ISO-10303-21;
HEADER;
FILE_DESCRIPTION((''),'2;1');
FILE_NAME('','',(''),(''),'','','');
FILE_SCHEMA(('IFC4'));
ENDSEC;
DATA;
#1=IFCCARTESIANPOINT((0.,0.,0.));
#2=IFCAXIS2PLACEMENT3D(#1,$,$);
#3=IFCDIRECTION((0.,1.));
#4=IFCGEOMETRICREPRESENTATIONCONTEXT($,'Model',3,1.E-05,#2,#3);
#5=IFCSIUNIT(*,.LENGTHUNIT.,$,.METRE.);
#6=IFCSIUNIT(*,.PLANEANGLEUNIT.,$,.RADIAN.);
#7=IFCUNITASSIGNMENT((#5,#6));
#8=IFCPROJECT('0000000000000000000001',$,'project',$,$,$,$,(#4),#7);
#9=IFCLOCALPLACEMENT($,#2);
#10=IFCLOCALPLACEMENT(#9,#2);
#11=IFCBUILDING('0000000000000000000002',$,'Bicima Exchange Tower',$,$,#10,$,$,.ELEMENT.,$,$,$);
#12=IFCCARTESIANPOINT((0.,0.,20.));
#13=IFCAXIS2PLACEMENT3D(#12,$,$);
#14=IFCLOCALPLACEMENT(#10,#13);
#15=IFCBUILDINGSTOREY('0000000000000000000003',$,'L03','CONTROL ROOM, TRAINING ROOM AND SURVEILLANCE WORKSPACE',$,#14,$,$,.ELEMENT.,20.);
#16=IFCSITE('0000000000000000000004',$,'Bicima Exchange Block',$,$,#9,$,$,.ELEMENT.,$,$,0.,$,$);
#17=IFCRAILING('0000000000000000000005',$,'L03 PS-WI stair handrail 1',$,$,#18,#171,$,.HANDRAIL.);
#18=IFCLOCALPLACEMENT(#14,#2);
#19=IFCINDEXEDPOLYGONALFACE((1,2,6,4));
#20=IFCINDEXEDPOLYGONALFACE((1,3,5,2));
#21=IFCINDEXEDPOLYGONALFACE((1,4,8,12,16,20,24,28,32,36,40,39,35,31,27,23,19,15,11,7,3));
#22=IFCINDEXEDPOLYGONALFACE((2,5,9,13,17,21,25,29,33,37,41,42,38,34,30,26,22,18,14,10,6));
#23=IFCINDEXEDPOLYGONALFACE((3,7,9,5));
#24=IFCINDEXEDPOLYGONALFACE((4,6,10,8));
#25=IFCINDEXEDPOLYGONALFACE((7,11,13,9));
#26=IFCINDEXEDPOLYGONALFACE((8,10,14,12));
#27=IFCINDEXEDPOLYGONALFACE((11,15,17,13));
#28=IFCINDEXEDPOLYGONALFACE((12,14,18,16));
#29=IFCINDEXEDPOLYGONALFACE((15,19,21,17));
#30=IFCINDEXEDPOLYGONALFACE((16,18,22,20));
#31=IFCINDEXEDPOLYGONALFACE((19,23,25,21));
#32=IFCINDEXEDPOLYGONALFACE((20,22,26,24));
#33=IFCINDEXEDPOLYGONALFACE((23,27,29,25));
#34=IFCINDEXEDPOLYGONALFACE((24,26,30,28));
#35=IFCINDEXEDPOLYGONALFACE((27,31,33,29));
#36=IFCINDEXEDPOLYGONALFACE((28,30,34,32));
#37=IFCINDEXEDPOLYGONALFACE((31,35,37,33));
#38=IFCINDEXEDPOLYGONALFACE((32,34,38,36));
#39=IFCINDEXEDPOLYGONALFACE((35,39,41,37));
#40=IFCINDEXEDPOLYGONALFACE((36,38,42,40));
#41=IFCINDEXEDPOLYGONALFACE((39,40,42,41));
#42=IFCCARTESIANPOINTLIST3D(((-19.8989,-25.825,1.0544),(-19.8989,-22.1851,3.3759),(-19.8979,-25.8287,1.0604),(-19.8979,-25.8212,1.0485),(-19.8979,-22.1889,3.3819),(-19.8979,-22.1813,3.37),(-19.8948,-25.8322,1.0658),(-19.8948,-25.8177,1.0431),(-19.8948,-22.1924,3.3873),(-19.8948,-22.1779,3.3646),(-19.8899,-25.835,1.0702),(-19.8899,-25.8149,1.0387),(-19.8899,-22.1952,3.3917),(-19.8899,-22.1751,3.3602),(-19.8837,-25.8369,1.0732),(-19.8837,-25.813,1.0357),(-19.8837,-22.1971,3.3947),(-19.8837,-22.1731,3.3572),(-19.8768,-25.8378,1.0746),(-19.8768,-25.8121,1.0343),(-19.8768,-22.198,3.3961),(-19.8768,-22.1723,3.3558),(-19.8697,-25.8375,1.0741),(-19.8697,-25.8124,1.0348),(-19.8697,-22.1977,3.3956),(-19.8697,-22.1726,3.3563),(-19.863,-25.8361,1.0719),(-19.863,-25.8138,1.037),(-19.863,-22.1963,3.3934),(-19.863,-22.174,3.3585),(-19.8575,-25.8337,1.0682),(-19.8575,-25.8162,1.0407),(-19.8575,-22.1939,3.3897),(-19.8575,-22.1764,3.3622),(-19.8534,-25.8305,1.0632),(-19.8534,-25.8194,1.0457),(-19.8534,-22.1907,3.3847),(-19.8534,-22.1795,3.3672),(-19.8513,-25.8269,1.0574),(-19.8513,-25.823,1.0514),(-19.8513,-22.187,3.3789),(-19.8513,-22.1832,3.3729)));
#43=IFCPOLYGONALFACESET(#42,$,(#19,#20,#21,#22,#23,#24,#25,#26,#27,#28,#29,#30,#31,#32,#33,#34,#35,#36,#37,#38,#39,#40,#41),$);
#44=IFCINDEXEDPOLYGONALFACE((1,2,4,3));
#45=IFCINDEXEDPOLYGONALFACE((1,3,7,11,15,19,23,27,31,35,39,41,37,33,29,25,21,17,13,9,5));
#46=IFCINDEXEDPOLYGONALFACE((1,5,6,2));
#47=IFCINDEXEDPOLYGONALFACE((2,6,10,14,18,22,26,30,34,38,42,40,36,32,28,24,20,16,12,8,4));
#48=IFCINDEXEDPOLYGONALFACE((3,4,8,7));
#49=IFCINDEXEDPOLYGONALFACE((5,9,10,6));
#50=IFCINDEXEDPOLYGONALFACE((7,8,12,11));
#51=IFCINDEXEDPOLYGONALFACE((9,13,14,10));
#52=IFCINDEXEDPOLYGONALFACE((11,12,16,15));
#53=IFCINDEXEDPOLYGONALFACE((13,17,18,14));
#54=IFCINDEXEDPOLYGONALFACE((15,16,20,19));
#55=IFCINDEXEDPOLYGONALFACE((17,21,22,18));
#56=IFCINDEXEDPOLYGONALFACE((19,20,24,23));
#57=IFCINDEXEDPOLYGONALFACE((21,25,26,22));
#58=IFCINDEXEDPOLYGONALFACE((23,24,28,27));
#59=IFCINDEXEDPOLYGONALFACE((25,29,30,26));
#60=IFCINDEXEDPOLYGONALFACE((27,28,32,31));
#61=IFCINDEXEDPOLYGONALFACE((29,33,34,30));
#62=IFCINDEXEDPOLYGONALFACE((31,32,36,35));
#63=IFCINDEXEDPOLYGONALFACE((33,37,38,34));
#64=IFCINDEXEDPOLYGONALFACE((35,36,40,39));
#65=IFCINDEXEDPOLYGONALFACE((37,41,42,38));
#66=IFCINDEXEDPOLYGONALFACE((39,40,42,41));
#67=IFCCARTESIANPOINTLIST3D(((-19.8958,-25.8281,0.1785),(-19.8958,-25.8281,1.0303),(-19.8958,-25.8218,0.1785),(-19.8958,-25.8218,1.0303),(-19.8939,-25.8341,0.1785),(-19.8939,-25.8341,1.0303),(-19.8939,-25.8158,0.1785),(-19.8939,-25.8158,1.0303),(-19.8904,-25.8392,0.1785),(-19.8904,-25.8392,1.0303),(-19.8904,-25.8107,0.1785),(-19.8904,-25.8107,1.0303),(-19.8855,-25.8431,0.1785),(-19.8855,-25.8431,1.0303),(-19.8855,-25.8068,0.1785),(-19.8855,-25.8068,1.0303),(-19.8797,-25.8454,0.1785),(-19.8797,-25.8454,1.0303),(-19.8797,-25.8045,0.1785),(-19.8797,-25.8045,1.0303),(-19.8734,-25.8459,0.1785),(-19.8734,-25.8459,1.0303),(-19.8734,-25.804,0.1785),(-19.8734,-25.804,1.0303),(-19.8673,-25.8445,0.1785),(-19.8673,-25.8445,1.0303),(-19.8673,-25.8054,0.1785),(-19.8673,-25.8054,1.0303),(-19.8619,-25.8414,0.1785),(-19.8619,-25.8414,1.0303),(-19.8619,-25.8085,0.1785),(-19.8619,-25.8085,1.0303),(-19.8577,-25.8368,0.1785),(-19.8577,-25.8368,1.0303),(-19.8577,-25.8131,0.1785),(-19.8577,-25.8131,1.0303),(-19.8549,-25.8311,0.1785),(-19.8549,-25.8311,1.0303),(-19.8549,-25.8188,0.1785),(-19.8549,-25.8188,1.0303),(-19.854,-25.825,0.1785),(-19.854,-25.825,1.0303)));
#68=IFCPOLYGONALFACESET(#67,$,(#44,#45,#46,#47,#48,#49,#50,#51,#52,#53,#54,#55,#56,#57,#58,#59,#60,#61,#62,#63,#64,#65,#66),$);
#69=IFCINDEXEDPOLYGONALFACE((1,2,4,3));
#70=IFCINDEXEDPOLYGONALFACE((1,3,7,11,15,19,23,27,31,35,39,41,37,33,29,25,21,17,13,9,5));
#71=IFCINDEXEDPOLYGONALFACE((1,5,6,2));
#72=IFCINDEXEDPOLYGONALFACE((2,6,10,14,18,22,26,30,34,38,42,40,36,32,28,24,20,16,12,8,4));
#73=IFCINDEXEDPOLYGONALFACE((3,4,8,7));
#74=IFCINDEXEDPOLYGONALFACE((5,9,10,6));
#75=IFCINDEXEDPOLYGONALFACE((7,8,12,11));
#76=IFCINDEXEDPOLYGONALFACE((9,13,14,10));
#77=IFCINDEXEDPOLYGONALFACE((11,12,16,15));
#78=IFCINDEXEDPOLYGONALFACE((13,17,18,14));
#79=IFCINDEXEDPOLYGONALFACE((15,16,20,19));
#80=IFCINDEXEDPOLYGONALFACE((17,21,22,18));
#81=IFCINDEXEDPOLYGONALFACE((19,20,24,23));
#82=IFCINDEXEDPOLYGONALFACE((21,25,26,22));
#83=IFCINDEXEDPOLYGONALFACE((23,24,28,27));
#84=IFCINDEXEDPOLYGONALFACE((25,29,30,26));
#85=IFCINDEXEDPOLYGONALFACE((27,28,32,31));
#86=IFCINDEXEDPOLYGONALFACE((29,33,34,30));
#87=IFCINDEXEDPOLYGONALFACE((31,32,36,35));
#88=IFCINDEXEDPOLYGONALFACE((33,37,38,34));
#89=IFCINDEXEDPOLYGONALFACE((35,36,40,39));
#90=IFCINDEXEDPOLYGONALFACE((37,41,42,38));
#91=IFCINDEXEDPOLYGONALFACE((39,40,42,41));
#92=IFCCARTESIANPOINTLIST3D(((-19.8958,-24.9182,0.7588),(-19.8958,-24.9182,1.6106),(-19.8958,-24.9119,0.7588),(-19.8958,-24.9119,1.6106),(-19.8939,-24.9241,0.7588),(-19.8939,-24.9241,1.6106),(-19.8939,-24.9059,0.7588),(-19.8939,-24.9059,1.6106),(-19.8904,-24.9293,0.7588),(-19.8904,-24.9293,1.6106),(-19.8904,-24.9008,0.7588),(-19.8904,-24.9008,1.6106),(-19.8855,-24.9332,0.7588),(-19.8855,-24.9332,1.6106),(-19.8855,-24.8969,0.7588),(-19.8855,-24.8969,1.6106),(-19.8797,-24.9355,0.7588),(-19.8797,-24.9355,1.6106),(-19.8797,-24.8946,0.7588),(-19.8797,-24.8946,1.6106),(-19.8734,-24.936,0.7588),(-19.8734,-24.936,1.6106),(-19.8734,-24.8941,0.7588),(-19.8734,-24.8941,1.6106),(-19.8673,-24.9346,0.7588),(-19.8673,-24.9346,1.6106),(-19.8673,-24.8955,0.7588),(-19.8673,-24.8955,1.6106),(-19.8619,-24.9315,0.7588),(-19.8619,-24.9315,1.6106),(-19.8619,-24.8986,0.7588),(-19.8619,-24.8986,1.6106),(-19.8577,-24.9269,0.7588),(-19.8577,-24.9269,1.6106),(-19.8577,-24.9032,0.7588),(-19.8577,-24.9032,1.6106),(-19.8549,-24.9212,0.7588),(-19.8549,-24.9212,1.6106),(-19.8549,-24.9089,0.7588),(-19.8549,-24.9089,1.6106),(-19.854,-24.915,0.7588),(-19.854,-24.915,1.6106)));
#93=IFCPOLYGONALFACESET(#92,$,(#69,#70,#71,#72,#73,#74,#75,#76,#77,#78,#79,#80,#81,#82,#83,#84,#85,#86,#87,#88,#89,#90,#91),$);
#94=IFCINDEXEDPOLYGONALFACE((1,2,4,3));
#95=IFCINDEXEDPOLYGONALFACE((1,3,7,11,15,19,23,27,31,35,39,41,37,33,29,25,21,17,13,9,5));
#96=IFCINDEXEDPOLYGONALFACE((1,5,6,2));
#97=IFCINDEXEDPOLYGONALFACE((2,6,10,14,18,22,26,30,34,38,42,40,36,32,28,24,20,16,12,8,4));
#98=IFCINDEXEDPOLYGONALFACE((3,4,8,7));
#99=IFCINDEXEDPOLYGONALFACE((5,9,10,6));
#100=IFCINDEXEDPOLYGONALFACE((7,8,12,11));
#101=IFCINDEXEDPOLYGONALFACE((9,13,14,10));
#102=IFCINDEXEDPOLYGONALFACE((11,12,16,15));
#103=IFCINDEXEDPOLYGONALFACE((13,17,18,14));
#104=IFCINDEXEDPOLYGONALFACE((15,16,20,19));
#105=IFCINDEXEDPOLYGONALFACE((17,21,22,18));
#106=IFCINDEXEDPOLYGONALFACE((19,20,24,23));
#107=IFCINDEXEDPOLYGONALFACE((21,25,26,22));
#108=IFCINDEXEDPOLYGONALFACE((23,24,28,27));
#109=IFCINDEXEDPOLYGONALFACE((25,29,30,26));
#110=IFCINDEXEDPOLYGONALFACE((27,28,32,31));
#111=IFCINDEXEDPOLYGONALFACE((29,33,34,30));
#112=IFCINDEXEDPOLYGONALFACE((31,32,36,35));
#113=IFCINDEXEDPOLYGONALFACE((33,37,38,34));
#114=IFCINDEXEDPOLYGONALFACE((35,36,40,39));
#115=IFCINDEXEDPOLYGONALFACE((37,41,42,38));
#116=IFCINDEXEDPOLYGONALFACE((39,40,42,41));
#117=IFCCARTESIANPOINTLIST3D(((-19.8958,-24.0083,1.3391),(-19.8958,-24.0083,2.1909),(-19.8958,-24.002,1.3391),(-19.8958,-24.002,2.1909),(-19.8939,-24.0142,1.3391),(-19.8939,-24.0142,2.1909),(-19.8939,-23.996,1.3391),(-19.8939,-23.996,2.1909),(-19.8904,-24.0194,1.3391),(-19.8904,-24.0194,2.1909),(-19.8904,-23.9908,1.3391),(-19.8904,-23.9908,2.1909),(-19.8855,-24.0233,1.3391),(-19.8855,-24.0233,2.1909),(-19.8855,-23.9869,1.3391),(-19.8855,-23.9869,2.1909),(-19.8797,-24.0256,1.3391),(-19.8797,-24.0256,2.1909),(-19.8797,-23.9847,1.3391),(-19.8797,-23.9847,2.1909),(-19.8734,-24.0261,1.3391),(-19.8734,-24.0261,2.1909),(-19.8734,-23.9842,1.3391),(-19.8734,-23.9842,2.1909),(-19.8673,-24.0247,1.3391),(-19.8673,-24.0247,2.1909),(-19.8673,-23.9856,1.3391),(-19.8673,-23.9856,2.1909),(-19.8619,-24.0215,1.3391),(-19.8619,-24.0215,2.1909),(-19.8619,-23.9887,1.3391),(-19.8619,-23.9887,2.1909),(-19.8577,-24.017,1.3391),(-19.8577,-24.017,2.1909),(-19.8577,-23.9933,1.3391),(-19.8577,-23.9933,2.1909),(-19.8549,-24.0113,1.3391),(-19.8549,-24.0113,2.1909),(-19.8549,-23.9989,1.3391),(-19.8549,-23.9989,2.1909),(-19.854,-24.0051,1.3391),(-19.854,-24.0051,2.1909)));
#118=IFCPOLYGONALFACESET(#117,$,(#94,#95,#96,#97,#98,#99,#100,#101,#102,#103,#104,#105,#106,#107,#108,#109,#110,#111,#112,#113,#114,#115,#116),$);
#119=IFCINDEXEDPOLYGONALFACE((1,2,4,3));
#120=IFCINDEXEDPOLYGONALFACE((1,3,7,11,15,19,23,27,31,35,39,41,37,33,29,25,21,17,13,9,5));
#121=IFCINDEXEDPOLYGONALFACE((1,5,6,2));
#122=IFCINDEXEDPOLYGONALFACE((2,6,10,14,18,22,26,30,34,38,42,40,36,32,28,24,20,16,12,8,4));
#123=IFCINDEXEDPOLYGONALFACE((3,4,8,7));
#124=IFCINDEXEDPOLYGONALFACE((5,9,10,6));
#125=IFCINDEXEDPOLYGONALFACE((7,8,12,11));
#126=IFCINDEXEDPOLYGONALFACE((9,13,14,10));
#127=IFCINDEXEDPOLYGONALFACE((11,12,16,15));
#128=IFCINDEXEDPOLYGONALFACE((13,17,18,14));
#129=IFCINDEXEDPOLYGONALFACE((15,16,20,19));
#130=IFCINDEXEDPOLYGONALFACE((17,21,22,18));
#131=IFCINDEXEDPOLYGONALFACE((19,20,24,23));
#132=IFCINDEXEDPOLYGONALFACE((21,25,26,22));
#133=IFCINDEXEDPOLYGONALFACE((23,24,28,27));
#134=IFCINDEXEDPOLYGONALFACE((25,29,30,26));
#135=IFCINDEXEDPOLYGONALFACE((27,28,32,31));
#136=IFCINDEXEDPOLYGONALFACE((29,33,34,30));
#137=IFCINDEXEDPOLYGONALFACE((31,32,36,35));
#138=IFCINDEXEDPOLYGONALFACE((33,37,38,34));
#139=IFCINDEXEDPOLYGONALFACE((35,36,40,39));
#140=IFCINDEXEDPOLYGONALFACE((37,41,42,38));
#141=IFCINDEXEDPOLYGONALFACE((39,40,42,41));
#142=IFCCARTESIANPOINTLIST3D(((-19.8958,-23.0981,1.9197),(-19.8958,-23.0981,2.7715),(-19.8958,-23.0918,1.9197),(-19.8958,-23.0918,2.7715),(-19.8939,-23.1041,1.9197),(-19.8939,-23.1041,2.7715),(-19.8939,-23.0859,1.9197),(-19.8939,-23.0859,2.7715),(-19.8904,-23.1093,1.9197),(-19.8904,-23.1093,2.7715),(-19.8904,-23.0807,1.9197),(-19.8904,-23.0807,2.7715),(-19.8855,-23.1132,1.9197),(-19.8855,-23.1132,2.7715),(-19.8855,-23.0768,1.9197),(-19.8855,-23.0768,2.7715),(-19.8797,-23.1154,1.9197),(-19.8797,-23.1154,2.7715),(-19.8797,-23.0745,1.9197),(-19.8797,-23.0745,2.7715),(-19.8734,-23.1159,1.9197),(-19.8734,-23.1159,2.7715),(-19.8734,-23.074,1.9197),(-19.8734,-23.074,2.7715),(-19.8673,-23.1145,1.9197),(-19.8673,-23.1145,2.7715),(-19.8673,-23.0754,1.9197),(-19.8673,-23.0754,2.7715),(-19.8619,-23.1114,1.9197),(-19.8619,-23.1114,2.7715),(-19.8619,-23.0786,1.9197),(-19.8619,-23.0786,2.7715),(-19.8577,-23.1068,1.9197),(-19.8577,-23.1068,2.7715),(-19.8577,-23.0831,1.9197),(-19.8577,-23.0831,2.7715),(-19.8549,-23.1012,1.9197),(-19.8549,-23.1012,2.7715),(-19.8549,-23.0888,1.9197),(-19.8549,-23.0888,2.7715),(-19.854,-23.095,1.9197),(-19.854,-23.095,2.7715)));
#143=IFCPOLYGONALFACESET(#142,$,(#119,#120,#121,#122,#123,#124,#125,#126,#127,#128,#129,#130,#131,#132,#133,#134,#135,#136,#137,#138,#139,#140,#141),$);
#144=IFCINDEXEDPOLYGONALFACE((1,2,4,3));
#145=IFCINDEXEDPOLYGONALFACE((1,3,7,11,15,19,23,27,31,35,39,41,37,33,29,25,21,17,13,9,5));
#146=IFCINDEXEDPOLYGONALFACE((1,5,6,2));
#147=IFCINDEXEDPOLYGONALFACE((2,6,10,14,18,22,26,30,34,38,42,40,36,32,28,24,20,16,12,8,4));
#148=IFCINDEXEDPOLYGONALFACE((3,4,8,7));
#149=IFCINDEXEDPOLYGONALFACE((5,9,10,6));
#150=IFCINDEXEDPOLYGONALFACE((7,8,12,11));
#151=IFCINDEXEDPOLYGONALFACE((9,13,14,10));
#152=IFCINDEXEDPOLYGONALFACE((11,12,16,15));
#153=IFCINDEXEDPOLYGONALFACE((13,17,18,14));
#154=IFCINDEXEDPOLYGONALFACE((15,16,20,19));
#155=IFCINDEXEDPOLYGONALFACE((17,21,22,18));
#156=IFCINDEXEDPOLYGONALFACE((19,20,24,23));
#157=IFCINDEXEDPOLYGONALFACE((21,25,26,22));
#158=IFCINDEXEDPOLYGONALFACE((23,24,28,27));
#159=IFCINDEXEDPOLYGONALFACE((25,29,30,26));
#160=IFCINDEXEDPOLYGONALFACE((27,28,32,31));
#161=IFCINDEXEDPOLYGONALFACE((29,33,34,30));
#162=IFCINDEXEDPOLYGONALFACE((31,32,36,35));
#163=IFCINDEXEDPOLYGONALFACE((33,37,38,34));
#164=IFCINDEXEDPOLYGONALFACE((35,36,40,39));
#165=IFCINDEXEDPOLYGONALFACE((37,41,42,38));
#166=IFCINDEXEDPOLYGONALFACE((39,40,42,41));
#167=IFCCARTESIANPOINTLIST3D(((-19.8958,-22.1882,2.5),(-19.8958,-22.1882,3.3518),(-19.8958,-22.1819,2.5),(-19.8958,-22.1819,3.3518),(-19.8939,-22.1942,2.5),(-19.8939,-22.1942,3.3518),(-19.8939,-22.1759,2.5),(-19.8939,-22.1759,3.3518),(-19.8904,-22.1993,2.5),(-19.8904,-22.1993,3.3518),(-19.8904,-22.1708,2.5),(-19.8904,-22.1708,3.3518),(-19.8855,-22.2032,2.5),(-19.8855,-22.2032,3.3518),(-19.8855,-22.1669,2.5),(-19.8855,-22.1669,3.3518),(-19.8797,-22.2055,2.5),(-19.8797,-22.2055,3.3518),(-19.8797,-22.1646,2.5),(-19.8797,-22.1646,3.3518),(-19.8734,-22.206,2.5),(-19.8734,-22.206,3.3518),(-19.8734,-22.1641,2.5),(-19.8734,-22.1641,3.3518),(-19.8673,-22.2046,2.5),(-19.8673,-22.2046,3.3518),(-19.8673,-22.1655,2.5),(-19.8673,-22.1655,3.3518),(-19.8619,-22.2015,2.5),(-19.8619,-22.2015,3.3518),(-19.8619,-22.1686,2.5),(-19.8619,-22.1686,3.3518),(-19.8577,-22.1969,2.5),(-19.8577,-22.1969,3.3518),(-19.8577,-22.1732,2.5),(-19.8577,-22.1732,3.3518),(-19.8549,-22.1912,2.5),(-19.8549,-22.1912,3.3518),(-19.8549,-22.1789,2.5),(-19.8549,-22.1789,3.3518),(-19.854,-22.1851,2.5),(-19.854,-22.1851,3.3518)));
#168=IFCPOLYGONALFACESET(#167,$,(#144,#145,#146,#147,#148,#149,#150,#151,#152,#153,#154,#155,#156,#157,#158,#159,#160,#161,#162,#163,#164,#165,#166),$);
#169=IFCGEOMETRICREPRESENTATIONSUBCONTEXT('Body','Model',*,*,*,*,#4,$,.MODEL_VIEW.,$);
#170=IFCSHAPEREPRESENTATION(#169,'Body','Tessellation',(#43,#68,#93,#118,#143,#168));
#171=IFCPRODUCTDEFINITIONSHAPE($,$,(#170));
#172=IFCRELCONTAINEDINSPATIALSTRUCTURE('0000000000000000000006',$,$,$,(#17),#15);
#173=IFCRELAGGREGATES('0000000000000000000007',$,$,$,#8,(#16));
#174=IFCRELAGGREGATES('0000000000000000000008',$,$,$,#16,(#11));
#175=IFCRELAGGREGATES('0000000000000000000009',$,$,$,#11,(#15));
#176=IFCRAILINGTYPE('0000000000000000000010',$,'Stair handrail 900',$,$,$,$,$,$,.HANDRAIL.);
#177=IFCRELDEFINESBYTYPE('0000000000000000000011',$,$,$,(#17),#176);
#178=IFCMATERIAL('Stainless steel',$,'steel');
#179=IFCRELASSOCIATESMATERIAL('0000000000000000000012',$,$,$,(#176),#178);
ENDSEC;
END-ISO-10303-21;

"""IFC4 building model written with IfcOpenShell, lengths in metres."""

from ifc_helpers import new_model, si_unit, direction, frame, origin, origin_2d, place, context, subcontext, project, spatial, circle, extrude, material, type_object, element, save


model = new_model("IFC4")

# Units and contexts
model_context = context("Model", 3, precision=1e-05, world=origin(), true_north=direction((0.0, 1.0)))
body_context = subcontext(model_context, "Body", "Model", "MODEL_VIEW")
ifc_project = project(units=[si_unit("LENGTHUNIT", "METRE"), si_unit("PLANEANGLEUNIT", "RADIAN")], contexts=[model_context])

# Site, building, storey
site_placement = place(None, origin())
site = spatial("IfcSite", under=ifc_project, at=site_placement, Name="Bicima Exchange Block", CompositionType="ELEMENT", RefElevation=0.0)
building_placement = place(site_placement, origin())
building = spatial("IfcBuilding", under=site, at=building_placement, Name="Bicima Exchange Tower", CompositionType="ELEMENT")
storey_placement = place(building_placement, frame((0.0, 0.0, 20.0)))
storey = spatial("IfcBuildingStorey", under=building, at=storey_placement, Name="L03", Description="CONTROL ROOM, TRAINING ROOM AND SURVEILLANCE WORKSPACE", CompositionType="ELEMENT", Elevation=20.0)

# Railing
ifc_material_1 = material(Name="Stainless steel", Category="steel")
railing_type_1 = type_object("IfcRailingType", Name="Stair handrail 900", PredefinedType="HANDRAIL", material=ifc_material_1)
railing_1_placement = place(storey_placement, frame((-19.875, -25.825, 0.1785)))
element("IfcRailing", 1, at=railing_1_placement, inside=storey, type_object=railing_type_1, Name="L03 PS-WI stair handrail 1", PredefinedType="HANDRAIL", context=body_context, shape_type="SweptSolid", body=[
    extrude(circle(Radius=0.0239, at=origin_2d()), frame((0.0, 0.0, 0.876), z_axis=(0.0, 0.843112, 0.537739), x_axis=(-1.0, 0.0, 0.0)), (0.0, 0.0, 1.0), 4.3171),
    extrude(circle(Radius=0.021, at=origin_2d()), origin(), (0.0, 0.0, 1.0), 0.8518),
    extrude(circle(Radius=0.021, at=origin_2d()), frame((0.0, 0.9099, 0.5803)), (0.0, 0.0, 1.0), 0.8518),
    extrude(circle(Radius=0.021, at=origin_2d()), frame((0.0, 1.8198, 1.1606)), (0.0, 0.0, 1.0), 0.8518),
    extrude(circle(Radius=0.021, at=origin_2d()), frame((0.0, 2.73, 1.7412)), (0.0, 0.0, 1.0), 0.8518),
    extrude(circle(Radius=0.021, at=origin_2d()), frame((0.0, 3.6399, 2.3215)), (0.0, 0.0, 1.0), 0.8518),
])

save(model, "model.ifc")
